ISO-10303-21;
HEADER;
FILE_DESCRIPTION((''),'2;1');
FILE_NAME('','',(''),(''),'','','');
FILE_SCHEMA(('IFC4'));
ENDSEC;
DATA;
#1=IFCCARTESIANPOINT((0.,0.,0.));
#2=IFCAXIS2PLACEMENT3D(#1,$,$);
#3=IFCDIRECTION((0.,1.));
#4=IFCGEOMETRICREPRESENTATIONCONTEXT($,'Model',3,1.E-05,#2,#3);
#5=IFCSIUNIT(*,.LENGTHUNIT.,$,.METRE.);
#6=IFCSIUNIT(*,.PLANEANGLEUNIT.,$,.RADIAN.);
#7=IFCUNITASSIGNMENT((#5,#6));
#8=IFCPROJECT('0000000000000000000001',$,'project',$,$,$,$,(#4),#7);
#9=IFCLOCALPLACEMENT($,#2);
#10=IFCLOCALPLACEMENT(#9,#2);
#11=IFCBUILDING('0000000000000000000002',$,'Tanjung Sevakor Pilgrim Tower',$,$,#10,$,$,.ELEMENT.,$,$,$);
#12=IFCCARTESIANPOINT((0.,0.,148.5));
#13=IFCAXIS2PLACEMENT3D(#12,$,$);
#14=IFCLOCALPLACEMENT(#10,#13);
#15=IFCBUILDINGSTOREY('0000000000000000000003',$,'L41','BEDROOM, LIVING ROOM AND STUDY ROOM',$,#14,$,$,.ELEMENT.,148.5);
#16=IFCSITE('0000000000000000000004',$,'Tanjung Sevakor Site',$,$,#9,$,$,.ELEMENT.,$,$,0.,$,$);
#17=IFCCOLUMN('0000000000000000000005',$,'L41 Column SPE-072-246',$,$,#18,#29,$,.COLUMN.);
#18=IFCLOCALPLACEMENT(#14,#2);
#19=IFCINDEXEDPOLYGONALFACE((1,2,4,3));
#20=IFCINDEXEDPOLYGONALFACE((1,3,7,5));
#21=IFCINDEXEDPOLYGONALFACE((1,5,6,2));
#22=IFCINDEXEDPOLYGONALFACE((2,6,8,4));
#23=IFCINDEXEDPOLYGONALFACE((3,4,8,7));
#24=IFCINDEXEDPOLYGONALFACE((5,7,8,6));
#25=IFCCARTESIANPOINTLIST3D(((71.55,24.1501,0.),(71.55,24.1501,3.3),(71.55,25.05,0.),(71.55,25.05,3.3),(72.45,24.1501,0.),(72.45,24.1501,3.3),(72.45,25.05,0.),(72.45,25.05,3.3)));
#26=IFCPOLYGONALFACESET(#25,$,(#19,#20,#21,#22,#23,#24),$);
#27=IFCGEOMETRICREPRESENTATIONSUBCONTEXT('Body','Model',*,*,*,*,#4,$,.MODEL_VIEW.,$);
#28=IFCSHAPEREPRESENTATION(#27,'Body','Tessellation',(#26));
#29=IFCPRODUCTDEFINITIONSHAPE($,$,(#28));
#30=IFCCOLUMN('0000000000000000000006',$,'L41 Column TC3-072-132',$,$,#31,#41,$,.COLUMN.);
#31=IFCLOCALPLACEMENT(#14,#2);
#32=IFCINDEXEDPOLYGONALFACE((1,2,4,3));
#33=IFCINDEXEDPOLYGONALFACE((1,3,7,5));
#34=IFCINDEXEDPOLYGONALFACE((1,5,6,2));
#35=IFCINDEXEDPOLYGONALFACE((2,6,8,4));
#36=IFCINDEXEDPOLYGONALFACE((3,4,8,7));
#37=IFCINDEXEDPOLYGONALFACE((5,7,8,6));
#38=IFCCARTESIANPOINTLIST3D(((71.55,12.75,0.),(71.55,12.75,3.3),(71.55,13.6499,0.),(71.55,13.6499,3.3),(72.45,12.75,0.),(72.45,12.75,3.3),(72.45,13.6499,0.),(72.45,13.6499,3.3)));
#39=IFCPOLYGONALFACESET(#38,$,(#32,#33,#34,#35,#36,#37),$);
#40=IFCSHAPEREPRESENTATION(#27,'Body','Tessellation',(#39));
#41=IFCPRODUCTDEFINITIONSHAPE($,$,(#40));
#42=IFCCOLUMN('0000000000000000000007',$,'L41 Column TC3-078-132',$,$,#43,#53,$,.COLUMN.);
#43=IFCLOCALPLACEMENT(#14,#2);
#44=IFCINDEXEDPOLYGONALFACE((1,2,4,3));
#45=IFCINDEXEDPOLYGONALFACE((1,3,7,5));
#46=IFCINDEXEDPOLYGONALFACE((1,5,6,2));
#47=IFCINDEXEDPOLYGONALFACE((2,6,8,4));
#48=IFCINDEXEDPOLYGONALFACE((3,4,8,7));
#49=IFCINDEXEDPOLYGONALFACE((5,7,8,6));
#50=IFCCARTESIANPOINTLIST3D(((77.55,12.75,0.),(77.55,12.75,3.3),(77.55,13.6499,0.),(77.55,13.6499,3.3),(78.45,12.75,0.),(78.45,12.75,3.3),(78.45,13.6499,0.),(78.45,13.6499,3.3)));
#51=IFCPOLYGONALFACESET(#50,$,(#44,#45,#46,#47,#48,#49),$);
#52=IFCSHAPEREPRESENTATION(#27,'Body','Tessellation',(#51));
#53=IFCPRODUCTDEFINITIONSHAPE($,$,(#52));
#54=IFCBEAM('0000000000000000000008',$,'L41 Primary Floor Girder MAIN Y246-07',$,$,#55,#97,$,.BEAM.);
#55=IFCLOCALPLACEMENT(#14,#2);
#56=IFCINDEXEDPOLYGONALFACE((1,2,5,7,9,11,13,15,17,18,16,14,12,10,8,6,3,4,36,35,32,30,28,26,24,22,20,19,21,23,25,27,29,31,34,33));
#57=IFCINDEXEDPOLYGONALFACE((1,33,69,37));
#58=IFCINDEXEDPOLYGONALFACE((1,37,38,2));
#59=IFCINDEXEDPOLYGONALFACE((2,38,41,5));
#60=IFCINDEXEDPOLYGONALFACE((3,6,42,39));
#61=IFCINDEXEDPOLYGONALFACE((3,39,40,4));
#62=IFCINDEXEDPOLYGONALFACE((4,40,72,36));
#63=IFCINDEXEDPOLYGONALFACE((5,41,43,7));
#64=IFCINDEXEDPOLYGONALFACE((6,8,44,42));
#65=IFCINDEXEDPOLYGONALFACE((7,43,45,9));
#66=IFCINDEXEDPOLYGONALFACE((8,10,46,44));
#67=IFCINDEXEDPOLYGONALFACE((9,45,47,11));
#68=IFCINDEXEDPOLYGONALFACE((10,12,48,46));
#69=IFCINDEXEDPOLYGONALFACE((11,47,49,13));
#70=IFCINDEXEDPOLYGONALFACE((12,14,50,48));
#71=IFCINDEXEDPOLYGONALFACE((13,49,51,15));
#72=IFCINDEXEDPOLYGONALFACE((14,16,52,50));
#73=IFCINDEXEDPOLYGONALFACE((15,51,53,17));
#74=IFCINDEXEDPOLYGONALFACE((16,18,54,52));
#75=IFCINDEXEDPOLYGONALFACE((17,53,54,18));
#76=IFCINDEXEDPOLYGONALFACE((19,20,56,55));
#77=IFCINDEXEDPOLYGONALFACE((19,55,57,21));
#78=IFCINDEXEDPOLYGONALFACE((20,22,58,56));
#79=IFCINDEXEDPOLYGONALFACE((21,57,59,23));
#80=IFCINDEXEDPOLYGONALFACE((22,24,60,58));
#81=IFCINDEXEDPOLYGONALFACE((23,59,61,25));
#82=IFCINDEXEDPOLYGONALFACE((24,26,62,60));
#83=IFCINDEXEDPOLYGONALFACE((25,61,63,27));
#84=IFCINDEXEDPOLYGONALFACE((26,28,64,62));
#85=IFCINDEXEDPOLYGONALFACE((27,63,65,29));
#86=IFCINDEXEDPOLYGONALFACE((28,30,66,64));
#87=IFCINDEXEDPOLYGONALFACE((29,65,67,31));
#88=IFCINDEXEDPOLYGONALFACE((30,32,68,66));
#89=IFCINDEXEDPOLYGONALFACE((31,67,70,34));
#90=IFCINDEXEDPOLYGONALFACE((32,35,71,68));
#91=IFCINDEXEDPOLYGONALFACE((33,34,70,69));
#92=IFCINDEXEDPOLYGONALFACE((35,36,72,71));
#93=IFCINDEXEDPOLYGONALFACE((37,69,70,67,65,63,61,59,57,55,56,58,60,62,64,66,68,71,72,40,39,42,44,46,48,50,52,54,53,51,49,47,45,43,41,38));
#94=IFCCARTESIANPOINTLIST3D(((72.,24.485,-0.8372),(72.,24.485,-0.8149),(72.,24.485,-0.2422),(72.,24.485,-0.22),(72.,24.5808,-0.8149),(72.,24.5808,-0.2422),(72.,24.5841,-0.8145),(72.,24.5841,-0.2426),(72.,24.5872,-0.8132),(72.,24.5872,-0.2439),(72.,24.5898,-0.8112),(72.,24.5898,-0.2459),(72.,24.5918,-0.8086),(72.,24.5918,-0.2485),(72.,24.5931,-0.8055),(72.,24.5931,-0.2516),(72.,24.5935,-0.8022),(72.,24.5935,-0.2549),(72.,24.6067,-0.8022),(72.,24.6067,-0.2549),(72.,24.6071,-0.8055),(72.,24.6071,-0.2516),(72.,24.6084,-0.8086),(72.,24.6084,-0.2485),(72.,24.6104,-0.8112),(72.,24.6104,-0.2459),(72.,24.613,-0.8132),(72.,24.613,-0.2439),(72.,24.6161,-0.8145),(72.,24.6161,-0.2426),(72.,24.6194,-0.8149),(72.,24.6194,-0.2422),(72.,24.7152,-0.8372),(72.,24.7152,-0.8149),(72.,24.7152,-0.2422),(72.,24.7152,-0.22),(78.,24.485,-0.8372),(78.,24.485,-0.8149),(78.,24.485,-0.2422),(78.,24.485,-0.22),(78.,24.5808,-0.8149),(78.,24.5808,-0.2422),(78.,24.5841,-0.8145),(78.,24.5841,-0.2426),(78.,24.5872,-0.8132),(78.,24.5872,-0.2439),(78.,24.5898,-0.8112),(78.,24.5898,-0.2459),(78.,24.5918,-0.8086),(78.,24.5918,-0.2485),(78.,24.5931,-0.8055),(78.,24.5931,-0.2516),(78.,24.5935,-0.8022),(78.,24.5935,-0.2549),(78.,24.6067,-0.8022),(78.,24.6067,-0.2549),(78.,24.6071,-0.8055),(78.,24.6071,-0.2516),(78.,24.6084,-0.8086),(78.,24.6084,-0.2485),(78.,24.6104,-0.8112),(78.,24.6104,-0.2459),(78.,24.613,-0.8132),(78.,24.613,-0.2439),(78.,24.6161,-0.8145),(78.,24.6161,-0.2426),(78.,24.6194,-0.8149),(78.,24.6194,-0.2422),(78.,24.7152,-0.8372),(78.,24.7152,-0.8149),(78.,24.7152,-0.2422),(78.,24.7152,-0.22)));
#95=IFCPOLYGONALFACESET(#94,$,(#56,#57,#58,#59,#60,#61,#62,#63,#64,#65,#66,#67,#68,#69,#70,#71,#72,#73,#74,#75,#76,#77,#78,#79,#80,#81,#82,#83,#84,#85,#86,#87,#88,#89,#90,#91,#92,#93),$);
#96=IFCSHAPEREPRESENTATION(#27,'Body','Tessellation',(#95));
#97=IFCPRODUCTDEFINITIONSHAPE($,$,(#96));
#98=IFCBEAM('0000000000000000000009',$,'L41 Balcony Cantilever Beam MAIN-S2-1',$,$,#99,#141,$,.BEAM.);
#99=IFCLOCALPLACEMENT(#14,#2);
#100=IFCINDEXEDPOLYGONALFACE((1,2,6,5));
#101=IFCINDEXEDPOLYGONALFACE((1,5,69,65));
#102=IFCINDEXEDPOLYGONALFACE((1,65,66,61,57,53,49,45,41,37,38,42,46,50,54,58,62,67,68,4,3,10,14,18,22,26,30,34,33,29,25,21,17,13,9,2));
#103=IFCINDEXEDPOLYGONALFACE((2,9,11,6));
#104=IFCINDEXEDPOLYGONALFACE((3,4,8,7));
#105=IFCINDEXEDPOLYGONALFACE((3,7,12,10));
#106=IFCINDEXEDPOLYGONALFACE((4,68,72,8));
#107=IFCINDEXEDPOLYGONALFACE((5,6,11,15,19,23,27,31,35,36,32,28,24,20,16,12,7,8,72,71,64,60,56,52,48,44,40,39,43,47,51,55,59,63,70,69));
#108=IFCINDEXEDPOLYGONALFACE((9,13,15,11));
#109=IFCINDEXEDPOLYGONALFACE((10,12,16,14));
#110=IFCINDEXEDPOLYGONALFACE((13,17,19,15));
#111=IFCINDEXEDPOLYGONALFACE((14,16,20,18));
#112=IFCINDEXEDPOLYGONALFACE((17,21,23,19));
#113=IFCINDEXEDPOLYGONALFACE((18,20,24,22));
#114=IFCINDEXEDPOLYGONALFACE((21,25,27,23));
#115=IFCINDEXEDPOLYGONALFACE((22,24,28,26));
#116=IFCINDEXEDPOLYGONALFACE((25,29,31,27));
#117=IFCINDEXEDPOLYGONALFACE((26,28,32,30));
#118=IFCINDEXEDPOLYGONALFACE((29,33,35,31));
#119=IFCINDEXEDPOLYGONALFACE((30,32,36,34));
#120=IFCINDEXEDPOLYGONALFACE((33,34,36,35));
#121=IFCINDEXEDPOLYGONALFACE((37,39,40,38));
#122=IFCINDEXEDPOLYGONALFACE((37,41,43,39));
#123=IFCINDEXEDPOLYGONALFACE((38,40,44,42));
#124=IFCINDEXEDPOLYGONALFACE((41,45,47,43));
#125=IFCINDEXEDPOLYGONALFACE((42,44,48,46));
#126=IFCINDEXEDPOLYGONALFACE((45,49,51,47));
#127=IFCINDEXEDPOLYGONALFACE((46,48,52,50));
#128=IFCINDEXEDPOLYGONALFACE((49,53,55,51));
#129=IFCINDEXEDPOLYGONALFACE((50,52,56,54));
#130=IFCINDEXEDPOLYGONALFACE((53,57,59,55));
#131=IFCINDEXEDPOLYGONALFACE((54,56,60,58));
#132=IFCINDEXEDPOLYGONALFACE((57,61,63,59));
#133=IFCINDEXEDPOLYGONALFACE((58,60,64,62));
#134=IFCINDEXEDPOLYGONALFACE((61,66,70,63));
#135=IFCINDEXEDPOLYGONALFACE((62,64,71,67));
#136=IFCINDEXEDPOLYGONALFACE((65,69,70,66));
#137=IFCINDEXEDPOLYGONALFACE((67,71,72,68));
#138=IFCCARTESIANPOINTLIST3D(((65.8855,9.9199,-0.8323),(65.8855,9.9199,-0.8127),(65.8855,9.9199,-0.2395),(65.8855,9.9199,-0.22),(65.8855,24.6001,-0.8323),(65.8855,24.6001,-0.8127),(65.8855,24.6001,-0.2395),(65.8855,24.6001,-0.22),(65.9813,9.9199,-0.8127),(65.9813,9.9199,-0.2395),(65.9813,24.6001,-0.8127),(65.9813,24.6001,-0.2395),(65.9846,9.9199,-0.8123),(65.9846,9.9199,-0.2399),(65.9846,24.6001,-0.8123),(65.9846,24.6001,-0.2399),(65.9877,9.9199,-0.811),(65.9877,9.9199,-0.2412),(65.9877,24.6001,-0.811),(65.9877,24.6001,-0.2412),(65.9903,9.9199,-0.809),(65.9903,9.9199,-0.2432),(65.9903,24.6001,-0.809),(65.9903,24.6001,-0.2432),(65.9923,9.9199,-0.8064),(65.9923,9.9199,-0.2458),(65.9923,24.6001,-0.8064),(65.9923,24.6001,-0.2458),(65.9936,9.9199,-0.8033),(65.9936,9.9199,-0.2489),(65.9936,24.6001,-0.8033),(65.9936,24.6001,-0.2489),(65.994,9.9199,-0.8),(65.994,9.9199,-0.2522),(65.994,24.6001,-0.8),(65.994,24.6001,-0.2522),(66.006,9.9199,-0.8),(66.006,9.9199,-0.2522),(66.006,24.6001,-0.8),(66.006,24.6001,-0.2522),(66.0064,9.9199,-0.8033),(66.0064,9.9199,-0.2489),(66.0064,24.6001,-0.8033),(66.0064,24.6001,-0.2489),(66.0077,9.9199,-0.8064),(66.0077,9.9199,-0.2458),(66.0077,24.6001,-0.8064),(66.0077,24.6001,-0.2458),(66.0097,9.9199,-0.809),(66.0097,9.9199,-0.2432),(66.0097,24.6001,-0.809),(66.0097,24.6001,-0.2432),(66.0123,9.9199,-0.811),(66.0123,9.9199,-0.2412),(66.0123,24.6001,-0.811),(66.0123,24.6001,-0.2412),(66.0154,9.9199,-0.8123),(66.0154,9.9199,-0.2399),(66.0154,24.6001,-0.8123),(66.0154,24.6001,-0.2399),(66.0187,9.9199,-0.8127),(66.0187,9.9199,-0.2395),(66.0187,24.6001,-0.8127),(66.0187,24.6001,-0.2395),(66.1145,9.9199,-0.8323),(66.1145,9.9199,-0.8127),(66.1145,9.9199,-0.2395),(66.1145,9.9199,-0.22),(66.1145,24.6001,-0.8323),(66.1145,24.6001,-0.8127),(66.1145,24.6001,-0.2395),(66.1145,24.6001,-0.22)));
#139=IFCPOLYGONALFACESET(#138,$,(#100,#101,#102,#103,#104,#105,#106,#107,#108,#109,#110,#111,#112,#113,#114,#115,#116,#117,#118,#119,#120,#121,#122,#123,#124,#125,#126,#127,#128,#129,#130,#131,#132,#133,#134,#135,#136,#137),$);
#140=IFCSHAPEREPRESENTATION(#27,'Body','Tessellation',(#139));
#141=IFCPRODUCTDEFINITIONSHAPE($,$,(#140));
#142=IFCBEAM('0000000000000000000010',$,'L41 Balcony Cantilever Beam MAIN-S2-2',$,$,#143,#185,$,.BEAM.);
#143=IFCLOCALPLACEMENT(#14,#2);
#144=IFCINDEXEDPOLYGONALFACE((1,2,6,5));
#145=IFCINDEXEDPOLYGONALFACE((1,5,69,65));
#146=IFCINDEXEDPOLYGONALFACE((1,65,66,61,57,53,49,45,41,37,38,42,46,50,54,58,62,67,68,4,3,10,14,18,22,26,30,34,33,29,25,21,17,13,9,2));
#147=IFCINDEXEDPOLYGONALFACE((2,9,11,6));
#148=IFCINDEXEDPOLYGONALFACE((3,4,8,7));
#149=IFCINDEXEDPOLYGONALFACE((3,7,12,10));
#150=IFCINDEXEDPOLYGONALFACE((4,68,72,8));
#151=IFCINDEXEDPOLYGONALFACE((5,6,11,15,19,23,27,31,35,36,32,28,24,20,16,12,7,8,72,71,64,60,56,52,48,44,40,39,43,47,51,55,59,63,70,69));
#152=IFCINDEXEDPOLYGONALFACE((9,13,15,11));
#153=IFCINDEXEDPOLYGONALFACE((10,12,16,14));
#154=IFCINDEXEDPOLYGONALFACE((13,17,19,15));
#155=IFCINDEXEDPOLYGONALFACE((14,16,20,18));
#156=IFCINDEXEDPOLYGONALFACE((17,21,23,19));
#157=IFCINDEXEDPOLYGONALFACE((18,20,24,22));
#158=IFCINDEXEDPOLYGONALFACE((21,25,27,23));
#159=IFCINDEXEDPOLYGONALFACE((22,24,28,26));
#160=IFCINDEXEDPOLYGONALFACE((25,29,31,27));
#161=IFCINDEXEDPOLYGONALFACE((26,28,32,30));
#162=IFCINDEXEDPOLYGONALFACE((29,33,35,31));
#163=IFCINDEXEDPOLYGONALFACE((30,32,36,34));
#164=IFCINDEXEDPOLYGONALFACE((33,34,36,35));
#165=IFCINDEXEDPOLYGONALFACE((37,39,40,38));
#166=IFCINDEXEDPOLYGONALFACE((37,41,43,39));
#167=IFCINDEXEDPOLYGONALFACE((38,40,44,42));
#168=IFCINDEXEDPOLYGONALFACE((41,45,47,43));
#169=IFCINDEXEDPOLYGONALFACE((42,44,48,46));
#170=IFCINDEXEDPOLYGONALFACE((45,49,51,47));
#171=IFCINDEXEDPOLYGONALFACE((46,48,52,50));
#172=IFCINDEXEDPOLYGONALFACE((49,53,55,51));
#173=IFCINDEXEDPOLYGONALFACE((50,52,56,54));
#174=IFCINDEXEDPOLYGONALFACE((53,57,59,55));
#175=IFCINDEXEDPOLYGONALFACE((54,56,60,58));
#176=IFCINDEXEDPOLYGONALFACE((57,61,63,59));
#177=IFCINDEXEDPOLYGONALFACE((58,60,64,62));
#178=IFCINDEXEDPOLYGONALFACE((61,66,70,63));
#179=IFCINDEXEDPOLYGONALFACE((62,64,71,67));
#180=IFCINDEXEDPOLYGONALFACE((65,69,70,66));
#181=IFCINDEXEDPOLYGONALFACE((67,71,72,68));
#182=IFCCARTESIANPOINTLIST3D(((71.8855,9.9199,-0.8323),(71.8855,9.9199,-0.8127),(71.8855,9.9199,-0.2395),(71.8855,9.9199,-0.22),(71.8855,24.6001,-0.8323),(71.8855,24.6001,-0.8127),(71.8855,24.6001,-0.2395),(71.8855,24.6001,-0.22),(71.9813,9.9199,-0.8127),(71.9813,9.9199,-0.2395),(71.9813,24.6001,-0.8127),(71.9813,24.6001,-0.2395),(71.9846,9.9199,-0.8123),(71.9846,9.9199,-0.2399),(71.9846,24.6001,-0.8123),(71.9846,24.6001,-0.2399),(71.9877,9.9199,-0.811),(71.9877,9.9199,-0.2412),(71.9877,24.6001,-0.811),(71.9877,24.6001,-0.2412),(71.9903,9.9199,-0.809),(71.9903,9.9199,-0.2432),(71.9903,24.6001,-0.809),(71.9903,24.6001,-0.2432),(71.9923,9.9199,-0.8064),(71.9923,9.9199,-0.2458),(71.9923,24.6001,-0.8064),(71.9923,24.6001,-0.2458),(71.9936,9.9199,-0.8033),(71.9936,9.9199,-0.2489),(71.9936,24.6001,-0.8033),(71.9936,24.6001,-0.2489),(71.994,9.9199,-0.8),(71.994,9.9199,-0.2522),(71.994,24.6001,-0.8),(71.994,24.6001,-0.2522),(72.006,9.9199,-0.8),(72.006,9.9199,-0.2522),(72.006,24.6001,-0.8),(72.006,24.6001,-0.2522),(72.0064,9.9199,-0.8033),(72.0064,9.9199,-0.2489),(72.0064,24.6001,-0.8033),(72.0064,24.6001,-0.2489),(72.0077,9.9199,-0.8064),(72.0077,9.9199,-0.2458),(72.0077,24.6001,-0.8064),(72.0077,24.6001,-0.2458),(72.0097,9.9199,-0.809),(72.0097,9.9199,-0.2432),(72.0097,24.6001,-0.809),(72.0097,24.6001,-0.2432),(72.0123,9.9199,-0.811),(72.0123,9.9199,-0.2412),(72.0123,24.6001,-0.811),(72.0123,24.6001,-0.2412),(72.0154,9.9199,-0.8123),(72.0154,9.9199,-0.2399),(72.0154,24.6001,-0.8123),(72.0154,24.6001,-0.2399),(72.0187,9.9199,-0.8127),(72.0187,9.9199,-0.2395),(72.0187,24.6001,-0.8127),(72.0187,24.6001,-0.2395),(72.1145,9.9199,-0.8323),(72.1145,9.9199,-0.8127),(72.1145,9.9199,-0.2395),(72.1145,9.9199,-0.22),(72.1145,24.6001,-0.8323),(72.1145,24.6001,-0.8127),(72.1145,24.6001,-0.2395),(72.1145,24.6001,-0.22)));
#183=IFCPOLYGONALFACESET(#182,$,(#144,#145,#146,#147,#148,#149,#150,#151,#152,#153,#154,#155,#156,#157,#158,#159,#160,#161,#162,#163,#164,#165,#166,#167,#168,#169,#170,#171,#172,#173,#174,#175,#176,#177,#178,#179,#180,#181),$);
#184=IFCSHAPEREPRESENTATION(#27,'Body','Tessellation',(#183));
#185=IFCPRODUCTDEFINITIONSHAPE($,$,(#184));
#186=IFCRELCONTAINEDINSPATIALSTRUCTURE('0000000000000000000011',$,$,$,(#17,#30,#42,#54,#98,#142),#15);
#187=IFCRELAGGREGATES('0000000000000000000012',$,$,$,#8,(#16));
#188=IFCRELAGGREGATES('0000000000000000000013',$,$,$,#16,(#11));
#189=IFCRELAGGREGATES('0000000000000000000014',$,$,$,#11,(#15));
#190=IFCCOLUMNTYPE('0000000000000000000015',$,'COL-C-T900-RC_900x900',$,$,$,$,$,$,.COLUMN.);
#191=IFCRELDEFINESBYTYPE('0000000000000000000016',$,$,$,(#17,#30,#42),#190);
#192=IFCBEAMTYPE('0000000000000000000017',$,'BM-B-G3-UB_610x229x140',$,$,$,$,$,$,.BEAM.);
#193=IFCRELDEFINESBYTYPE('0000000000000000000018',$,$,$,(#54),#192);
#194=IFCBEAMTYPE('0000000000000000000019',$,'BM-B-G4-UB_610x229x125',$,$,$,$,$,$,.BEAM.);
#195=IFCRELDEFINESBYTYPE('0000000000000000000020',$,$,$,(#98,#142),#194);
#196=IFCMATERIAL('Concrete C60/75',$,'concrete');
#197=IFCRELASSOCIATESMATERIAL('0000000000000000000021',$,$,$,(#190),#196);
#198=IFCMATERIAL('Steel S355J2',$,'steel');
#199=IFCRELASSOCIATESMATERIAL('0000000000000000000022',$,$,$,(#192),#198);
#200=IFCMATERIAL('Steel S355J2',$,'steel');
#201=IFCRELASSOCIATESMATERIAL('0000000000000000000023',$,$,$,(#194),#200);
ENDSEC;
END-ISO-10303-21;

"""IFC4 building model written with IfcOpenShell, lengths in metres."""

from ifc_helpers import new_model, si_unit, direction, frame, origin, origin_2d, place, context, subcontext, project, spatial, rectangle, i_section, extrude, material, material_profile, profile_set, type_object, element, save


model = new_model("IFC4")

# Units and contexts
model_context = context("Model", 3, precision=1e-05, world=origin(), true_north=direction((0.0, 1.0)))
body_context = subcontext(model_context, "Body", "Model", "MODEL_VIEW")
ifc_project = project(units=[si_unit("LENGTHUNIT", "METRE"), si_unit("PLANEANGLEUNIT", "RADIAN")], contexts=[model_context])

# Site, building, storey
site_placement = place(None, origin())
site = spatial("IfcSite", under=ifc_project, at=site_placement, Name="Tanjung Sevakor Site", CompositionType="ELEMENT", RefElevation=0.0)
building_placement = place(site_placement, origin())
building = spatial("IfcBuilding", under=site, at=building_placement, Name="Tanjung Sevakor Pilgrim Tower", CompositionType="ELEMENT")
storey_placement = place(building_placement, frame((0.0, 0.0, 148.5)))
storey = spatial("IfcBuildingStorey", under=building, at=storey_placement, Name="L41", Description="BEDROOM, LIVING ROOM AND STUDY ROOM", CompositionType="ELEMENT", Elevation=148.5)

# Columns
ifc_material_1 = material(Name="Concrete C60/75", Category="concrete")
ifc_material_profile_1 = material_profile(ifc_material_1, rectangle(XDim=0.8999, YDim=0.8999, at=origin_2d()))
ifc_profile_set_1 = profile_set([ifc_material_profile_1], Name="Concrete C60/75")
column_type = type_object("IfcColumnType", Name="COL-C-T900-RC_900x900", PredefinedType="COLUMN", material=ifc_profile_set_1)
for number, where, z_axis, x_axis, name in (
    (1, (72.0, 24.6001, 0.0), (0.0, 0.0, 1.0), (1.0, 0.0, 0.0), "L41 Column SPE-072-246"),
    (2, (72.0, 13.2, 0.0), (0.0, 0.0, 1.0), (1.0, 0.0, 0.0), "L41 Column TC3-072-132"),
    (3, (78.0, 13.2, 0.0), (0.0, 0.0, 1.0), (1.0, 0.0, 0.0), "L41 Column TC3-078-132"),
):
    element("IfcColumn", number, at=place(storey_placement, frame(where, z_axis=z_axis, x_axis=x_axis)), inside=storey, type_object=column_type, Name=name, PredefinedType="COLUMN", context=body_context, shape_type="SweptSolid", body=[
        extrude(rectangle(XDim=0.8999, YDim=0.8999, at=origin_2d()), origin(), (0.0, 0.0, 1.0), 3.3),
    ])

# Beams
ifc_material_2 = material(Name="Steel S355J2", Category="steel")
ifc_material_profile_2 = material_profile(ifc_material_2, i_section(OverallWidth=0.2302, OverallDepth=0.6172, WebThickness=0.0132, FlangeThickness=0.0222, FilletRadius=0.0127, at=origin_2d()))
ifc_profile_set_2 = profile_set([ifc_material_profile_2], Name="Steel S355J2")
beam_type_1 = type_object("IfcBeamType", Name="BM-B-G3-UB_610x229x140", PredefinedType="BEAM", material=ifc_profile_set_2)
beam_1_placement = place(storey_placement, frame((72.0, 24.6001, -0.5286), z_axis=(1.0, 0.0, 0.0), x_axis=(0.0, 1.0, 0.0)))
element("IfcBeam", 4, at=beam_1_placement, inside=storey, type_object=beam_type_1, Name="L41 Primary Floor Girder MAIN Y246-07", PredefinedType="BEAM", context=body_context, shape_type="SweptSolid", body=[
    extrude(i_section(OverallWidth=0.2302, OverallDepth=0.6172, WebThickness=0.0132, FlangeThickness=0.0222, FilletRadius=0.0127, at=origin_2d()), origin(), (0.0, 0.0, 1.0), 6.0),
])
ifc_material_3 = material(Name="Steel S355J2", Category="steel")
ifc_material_profile_3 = material_profile(ifc_material_3, i_section(OverallWidth=0.229, OverallDepth=0.6123, WebThickness=0.012, FlangeThickness=0.0195, FilletRadius=0.0127, at=origin_2d()))
ifc_profile_set_3 = profile_set([ifc_material_profile_3], Name="Steel S355J2")
beam_type_2 = type_object("IfcBeamType", Name="BM-B-G4-UB_610x229x125", PredefinedType="BEAM", material=ifc_profile_set_3)
for number, where, z_axis, x_axis, name in (
    (5, (66.0, 24.6001, -0.5261), (0.0, -1.0, 0.0), (1.0, 0.0, 0.0), "L41 Balcony Cantilever Beam MAIN-S2-1"),
    (6, (72.0, 24.6001, -0.5261), (0.0, -1.0, 0.0), (1.0, 0.0, 0.0), "L41 Balcony Cantilever Beam MAIN-S2-2"),
):
    element("IfcBeam", number, at=place(storey_placement, frame(where, z_axis=z_axis, x_axis=x_axis)), inside=storey, type_object=beam_type_2, Name=name, PredefinedType="BEAM", context=body_context, shape_type="SweptSolid", body=[
        extrude(i_section(OverallWidth=0.229, OverallDepth=0.6123, WebThickness=0.012, FlangeThickness=0.0195, FilletRadius=0.0127, at=origin_2d()), origin(), (0.0, 0.0, 1.0), 14.6802),
    ])

save(model, "model.ifc")
